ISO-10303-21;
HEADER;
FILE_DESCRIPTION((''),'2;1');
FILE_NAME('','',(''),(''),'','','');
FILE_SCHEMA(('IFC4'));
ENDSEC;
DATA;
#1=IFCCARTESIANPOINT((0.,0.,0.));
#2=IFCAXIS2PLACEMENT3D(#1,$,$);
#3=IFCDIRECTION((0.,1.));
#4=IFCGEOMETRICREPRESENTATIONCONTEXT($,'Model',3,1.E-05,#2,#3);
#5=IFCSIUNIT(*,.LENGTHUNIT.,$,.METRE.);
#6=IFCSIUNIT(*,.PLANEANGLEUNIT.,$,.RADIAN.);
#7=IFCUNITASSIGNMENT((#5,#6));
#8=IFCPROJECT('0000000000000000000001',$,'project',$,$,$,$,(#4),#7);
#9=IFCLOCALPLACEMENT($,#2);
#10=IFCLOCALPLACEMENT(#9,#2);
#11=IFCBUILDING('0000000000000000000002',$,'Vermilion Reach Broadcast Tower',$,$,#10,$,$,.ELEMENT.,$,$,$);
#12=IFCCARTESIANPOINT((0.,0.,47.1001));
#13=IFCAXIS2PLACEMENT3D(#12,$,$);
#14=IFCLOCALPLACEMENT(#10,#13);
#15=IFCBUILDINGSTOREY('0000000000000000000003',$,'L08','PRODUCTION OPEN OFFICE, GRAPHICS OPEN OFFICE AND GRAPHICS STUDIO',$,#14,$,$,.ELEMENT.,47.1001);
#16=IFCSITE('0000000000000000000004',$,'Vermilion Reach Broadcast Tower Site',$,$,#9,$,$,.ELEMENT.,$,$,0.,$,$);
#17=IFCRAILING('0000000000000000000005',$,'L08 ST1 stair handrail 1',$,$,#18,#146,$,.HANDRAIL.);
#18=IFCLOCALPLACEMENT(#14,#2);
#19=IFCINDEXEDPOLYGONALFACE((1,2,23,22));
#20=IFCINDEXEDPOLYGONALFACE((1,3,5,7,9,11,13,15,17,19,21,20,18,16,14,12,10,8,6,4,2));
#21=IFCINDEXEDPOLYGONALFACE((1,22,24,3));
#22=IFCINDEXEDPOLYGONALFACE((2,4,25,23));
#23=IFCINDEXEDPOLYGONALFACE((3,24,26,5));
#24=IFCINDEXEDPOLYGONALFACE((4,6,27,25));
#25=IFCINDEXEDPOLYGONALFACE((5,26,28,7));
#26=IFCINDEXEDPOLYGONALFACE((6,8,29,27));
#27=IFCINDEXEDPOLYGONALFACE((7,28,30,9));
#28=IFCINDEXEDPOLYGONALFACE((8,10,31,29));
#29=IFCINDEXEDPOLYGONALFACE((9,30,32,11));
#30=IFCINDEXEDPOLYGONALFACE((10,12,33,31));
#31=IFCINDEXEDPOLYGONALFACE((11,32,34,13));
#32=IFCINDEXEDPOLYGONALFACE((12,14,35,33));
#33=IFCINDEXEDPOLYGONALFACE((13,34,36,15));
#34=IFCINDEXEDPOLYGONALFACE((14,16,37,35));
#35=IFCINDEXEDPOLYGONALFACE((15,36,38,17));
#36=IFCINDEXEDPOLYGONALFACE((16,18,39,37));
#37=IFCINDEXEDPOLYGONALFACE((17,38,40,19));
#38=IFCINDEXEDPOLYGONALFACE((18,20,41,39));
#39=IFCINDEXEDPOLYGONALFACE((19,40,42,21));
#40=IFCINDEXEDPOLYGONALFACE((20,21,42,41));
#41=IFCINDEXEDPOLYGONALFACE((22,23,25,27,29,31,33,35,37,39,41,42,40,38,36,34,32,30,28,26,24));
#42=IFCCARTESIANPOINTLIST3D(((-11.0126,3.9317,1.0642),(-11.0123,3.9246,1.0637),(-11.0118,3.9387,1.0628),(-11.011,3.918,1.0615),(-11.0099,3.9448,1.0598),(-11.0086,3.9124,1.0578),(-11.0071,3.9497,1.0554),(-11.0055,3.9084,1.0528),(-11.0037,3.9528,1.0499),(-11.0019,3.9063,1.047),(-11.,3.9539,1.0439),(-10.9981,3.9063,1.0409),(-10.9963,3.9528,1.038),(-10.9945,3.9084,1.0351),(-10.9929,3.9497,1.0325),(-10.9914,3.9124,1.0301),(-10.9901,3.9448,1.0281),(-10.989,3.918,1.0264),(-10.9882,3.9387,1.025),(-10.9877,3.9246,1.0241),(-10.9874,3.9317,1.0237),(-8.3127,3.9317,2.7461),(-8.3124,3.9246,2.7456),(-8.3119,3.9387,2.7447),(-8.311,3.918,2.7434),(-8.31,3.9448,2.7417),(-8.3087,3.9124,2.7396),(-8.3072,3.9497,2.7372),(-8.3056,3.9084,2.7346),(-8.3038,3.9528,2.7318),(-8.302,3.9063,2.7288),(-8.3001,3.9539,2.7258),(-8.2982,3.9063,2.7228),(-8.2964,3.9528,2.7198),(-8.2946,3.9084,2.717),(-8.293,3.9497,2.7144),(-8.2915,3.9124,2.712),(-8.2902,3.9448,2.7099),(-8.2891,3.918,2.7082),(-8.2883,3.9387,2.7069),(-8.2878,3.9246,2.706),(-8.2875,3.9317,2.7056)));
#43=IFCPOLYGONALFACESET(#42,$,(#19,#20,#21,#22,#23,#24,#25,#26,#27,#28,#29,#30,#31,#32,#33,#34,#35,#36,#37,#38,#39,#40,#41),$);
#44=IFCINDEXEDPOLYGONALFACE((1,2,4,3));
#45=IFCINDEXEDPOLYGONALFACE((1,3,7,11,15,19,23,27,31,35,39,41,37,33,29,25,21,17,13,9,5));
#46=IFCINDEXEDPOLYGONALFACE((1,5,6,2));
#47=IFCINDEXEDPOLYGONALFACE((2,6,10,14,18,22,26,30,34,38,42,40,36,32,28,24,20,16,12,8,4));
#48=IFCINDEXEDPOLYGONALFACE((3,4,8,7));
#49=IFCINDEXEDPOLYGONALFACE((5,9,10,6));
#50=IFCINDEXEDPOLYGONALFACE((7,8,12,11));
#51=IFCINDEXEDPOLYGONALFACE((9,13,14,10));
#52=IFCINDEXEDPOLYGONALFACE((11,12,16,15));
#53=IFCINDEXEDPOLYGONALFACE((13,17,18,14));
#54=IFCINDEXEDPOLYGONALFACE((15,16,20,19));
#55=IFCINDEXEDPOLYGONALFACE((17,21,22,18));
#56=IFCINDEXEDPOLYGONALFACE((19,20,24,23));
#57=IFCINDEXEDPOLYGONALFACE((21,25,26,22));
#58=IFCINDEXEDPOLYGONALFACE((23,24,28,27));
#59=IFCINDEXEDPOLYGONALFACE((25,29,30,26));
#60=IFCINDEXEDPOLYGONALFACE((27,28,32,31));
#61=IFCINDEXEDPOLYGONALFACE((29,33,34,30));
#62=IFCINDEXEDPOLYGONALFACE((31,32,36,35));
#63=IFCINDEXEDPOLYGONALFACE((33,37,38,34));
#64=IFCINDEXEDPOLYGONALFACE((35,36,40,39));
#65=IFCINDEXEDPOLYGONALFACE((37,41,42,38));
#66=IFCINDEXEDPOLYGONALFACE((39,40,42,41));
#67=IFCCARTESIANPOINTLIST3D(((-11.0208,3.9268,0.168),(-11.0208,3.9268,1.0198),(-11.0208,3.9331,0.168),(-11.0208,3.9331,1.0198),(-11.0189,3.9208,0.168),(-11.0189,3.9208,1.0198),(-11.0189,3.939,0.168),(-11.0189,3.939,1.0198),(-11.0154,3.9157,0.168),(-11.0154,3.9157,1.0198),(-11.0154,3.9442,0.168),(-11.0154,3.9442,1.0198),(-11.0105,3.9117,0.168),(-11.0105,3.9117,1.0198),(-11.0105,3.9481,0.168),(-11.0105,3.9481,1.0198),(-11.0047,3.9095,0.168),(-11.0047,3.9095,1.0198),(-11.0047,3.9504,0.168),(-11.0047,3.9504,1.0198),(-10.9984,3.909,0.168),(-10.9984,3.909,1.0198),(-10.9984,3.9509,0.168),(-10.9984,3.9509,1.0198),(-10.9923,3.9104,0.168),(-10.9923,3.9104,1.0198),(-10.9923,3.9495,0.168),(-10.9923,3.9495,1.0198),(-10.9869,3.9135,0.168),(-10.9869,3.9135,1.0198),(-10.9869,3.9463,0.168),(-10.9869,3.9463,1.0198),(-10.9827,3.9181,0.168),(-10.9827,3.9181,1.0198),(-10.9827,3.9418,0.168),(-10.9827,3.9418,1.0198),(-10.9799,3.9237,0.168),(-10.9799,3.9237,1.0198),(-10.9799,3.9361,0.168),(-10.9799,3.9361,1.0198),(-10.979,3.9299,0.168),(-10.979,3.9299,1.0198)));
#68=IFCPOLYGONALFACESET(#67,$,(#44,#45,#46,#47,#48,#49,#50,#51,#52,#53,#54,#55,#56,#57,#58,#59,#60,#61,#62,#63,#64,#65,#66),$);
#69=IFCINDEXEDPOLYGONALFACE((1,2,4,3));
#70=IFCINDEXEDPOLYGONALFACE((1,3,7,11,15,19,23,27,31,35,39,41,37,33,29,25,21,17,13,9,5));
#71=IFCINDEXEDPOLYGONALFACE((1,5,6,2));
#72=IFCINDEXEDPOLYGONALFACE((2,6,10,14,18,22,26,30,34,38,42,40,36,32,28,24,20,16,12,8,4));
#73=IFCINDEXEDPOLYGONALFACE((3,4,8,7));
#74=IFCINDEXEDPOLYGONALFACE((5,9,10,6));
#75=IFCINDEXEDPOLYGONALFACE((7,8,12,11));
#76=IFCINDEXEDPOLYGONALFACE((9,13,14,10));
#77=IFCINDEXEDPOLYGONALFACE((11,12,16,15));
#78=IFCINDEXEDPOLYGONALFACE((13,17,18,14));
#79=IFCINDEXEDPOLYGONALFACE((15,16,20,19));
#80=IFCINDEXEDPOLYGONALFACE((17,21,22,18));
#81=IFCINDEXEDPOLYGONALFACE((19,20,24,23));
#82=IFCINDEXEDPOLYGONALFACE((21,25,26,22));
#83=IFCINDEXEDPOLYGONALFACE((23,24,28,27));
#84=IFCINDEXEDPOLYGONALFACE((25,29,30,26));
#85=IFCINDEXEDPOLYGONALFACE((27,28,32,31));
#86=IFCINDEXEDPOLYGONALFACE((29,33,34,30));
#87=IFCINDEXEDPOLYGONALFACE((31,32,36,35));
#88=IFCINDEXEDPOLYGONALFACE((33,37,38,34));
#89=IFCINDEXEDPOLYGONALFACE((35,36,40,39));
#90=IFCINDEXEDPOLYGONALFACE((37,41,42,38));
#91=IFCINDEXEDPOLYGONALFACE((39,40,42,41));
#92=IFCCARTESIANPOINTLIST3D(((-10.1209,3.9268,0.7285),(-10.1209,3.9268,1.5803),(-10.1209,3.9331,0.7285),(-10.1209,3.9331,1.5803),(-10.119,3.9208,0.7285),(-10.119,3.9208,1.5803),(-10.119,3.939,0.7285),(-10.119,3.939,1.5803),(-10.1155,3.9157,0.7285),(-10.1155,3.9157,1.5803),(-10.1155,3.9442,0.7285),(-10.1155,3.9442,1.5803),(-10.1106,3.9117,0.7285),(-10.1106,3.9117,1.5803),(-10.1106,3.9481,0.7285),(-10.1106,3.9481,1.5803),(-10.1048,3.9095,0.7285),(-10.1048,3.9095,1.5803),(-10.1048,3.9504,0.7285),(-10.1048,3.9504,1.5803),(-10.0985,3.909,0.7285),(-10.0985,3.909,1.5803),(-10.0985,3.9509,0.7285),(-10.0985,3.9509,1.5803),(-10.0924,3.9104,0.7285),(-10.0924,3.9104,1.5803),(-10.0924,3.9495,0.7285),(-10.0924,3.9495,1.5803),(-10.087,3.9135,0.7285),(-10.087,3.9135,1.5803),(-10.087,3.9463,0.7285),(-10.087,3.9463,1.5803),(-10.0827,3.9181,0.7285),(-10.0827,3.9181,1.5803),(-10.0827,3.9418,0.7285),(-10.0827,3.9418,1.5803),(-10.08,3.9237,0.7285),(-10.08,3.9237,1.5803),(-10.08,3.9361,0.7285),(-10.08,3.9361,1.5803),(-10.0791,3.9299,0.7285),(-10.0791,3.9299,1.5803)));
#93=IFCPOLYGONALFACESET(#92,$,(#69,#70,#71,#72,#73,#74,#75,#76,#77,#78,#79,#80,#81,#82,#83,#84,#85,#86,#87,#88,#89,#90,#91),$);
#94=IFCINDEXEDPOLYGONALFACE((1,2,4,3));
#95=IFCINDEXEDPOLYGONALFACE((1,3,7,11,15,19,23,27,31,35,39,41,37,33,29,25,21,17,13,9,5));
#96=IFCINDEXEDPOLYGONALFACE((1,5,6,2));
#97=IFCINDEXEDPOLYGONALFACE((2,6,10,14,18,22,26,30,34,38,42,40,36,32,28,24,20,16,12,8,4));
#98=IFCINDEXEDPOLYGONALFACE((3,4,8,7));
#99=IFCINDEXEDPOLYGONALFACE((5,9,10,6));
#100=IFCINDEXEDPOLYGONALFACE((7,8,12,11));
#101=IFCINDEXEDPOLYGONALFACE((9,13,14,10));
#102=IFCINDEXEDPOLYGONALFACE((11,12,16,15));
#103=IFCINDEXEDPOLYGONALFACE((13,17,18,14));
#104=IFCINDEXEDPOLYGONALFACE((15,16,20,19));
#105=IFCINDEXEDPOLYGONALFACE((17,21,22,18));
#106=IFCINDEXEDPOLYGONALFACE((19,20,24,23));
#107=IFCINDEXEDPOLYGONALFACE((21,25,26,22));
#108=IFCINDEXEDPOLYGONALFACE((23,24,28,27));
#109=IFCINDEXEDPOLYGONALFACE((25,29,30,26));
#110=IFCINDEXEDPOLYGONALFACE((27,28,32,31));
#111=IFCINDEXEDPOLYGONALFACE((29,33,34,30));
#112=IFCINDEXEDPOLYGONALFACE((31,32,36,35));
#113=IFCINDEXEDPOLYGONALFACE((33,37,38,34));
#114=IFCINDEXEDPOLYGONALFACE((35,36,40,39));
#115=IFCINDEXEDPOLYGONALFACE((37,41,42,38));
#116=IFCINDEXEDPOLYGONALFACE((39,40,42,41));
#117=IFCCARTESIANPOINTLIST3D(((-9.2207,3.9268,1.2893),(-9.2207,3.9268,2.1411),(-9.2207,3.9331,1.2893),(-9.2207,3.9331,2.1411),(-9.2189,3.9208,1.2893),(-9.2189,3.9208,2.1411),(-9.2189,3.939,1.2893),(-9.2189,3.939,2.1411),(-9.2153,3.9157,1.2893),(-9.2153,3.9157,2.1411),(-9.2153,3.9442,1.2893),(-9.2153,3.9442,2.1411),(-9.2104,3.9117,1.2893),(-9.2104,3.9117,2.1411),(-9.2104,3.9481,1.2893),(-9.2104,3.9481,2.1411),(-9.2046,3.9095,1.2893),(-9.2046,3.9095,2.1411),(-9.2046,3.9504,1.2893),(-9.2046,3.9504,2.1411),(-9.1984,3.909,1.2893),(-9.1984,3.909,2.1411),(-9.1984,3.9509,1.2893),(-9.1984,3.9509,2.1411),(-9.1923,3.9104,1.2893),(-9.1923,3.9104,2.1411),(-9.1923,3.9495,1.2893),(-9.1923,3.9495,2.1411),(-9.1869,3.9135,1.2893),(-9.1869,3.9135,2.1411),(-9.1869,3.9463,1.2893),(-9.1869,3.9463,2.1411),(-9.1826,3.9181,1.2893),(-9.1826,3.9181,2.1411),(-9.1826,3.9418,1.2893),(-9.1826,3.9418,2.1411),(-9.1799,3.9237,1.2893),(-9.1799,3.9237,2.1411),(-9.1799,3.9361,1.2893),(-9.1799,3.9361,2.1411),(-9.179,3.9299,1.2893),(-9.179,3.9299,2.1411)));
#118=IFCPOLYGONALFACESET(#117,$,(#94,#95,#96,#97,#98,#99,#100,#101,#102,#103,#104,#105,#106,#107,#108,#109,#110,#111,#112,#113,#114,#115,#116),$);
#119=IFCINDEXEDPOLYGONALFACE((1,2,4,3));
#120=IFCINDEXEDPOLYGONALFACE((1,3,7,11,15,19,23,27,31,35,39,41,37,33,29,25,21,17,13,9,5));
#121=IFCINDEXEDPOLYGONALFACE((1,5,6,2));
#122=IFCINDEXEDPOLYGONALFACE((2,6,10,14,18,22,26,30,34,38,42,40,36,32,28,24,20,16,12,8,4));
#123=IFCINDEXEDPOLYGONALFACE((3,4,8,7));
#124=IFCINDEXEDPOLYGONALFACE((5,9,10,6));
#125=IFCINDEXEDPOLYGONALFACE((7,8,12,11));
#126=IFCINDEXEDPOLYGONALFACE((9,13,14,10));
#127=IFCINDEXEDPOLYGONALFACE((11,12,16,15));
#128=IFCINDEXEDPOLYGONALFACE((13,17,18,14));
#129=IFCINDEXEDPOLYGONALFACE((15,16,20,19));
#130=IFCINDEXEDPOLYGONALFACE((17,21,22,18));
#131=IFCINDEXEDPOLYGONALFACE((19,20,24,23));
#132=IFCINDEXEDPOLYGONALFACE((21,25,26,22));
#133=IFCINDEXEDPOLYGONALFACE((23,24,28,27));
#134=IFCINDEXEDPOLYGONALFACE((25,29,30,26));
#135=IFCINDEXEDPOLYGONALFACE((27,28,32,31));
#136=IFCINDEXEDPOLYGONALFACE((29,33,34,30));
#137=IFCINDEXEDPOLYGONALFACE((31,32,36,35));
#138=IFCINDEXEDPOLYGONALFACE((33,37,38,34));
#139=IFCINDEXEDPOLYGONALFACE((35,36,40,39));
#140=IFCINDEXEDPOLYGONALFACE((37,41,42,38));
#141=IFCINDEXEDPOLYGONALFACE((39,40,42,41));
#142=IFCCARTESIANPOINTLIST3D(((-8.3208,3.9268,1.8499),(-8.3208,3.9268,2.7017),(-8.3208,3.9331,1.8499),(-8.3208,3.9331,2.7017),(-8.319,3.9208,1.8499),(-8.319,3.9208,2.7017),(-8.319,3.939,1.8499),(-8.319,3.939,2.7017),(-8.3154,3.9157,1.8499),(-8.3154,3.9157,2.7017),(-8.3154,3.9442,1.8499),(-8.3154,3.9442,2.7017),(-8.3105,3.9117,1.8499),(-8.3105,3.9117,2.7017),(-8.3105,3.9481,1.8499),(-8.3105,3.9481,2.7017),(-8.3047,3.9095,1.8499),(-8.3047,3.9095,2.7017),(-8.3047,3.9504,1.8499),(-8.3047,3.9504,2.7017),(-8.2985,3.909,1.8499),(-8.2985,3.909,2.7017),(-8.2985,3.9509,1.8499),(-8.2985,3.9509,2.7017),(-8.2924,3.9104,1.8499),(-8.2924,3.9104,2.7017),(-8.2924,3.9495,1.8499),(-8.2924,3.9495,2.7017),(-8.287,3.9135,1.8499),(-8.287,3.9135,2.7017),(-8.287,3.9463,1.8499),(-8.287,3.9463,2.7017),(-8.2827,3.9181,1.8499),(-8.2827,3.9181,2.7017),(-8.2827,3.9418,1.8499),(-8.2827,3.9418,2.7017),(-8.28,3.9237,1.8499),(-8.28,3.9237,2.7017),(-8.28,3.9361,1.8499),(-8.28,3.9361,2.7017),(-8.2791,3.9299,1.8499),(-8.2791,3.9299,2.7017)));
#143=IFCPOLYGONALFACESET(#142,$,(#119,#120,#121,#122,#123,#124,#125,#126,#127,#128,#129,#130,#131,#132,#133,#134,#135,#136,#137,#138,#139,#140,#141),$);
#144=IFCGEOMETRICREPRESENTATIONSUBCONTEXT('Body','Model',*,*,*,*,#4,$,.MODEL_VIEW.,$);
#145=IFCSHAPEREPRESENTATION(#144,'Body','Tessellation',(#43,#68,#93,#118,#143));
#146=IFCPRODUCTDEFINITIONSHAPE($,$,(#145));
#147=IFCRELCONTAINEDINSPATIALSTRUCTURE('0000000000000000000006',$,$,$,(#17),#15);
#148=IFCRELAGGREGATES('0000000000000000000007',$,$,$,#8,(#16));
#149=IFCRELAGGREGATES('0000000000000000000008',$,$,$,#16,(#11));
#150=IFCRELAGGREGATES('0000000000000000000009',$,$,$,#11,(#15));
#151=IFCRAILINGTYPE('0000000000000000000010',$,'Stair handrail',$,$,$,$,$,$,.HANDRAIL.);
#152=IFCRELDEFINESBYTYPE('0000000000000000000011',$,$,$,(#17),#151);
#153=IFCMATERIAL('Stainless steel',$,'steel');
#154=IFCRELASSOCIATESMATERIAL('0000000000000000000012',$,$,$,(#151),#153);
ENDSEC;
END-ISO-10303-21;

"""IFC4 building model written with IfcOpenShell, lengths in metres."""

from ifc_helpers import new_model, si_unit, direction, frame, origin, origin_2d, place, context, subcontext, project, spatial, circle, extrude, material, type_object, element, save


model = new_model("IFC4")

# Units and contexts
model_context = context("Model", 3, precision=1e-05, world=origin(), true_north=direction((0.0, 1.0)))
body_context = subcontext(model_context, "Body", "Model", "MODEL_VIEW")
ifc_project = project(units=[si_unit("LENGTHUNIT", "METRE"), si_unit("PLANEANGLEUNIT", "RADIAN")], contexts=[model_context])

# Site, building, storey
site_placement = place(None, origin())
site = spatial("IfcSite", under=ifc_project, at=site_placement, Name="Vermilion Reach Broadcast Tower Site", CompositionType="ELEMENT", RefElevation=0.0)
building_placement = place(site_placement, origin())
building = spatial("IfcBuilding", under=site, at=building_placement, Name="Vermilion Reach Broadcast Tower", CompositionType="ELEMENT")
storey_placement = place(building_placement, frame((0.0, 0.0, 47.1001)))
storey = spatial("IfcBuildingStorey", under=building, at=storey_placement, Name="L08", Description="PRODUCTION OPEN OFFICE, GRAPHICS OPEN OFFICE AND GRAPHICS STUDIO", CompositionType="ELEMENT", Elevation=47.1001)

# Railing
ifc_material_1 = material(Name="Stainless steel", Category="steel")
railing_type_1 = type_object("IfcRailingType", Name="Stair handrail", PredefinedType="HANDRAIL", material=ifc_material_1)
railing_1_placement = place(storey_placement, frame((-11.0, 3.9299, 0.168)))
element("IfcRailing", 1, at=railing_1_placement, inside=storey, type_object=railing_type_1, Name="L08 ST1 stair handrail 1", PredefinedType="HANDRAIL", context=body_context, shape_type="SweptSolid", body=[
    extrude(circle(Radius=0.0239, at=origin_2d()), frame((0.0, 0.0, 0.876), z_axis=(0.848786, 0.0, 0.528736), x_axis=(0.0, 1.0, 0.0)), (0.0, 0.0, 1.0), 3.1809),
    extrude(circle(Radius=0.021, at=origin_2d()), origin(), (0.0, 0.0, 1.0), 0.8518),
    extrude(circle(Radius=0.021, at=origin_2d()), frame((0.8999, 0.0, 0.5605)), (0.0, 0.0, 1.0), 0.8518),
    extrude(circle(Radius=0.021, at=origin_2d()), frame((1.8, 0.0, 1.1213)), (0.0, 0.0, 1.0), 0.8518),
    extrude(circle(Radius=0.021, at=origin_2d()), frame((2.7, 0.0, 1.6819)), (0.0, 0.0, 1.0), 0.8518),
])

save(model, "model.ifc")
